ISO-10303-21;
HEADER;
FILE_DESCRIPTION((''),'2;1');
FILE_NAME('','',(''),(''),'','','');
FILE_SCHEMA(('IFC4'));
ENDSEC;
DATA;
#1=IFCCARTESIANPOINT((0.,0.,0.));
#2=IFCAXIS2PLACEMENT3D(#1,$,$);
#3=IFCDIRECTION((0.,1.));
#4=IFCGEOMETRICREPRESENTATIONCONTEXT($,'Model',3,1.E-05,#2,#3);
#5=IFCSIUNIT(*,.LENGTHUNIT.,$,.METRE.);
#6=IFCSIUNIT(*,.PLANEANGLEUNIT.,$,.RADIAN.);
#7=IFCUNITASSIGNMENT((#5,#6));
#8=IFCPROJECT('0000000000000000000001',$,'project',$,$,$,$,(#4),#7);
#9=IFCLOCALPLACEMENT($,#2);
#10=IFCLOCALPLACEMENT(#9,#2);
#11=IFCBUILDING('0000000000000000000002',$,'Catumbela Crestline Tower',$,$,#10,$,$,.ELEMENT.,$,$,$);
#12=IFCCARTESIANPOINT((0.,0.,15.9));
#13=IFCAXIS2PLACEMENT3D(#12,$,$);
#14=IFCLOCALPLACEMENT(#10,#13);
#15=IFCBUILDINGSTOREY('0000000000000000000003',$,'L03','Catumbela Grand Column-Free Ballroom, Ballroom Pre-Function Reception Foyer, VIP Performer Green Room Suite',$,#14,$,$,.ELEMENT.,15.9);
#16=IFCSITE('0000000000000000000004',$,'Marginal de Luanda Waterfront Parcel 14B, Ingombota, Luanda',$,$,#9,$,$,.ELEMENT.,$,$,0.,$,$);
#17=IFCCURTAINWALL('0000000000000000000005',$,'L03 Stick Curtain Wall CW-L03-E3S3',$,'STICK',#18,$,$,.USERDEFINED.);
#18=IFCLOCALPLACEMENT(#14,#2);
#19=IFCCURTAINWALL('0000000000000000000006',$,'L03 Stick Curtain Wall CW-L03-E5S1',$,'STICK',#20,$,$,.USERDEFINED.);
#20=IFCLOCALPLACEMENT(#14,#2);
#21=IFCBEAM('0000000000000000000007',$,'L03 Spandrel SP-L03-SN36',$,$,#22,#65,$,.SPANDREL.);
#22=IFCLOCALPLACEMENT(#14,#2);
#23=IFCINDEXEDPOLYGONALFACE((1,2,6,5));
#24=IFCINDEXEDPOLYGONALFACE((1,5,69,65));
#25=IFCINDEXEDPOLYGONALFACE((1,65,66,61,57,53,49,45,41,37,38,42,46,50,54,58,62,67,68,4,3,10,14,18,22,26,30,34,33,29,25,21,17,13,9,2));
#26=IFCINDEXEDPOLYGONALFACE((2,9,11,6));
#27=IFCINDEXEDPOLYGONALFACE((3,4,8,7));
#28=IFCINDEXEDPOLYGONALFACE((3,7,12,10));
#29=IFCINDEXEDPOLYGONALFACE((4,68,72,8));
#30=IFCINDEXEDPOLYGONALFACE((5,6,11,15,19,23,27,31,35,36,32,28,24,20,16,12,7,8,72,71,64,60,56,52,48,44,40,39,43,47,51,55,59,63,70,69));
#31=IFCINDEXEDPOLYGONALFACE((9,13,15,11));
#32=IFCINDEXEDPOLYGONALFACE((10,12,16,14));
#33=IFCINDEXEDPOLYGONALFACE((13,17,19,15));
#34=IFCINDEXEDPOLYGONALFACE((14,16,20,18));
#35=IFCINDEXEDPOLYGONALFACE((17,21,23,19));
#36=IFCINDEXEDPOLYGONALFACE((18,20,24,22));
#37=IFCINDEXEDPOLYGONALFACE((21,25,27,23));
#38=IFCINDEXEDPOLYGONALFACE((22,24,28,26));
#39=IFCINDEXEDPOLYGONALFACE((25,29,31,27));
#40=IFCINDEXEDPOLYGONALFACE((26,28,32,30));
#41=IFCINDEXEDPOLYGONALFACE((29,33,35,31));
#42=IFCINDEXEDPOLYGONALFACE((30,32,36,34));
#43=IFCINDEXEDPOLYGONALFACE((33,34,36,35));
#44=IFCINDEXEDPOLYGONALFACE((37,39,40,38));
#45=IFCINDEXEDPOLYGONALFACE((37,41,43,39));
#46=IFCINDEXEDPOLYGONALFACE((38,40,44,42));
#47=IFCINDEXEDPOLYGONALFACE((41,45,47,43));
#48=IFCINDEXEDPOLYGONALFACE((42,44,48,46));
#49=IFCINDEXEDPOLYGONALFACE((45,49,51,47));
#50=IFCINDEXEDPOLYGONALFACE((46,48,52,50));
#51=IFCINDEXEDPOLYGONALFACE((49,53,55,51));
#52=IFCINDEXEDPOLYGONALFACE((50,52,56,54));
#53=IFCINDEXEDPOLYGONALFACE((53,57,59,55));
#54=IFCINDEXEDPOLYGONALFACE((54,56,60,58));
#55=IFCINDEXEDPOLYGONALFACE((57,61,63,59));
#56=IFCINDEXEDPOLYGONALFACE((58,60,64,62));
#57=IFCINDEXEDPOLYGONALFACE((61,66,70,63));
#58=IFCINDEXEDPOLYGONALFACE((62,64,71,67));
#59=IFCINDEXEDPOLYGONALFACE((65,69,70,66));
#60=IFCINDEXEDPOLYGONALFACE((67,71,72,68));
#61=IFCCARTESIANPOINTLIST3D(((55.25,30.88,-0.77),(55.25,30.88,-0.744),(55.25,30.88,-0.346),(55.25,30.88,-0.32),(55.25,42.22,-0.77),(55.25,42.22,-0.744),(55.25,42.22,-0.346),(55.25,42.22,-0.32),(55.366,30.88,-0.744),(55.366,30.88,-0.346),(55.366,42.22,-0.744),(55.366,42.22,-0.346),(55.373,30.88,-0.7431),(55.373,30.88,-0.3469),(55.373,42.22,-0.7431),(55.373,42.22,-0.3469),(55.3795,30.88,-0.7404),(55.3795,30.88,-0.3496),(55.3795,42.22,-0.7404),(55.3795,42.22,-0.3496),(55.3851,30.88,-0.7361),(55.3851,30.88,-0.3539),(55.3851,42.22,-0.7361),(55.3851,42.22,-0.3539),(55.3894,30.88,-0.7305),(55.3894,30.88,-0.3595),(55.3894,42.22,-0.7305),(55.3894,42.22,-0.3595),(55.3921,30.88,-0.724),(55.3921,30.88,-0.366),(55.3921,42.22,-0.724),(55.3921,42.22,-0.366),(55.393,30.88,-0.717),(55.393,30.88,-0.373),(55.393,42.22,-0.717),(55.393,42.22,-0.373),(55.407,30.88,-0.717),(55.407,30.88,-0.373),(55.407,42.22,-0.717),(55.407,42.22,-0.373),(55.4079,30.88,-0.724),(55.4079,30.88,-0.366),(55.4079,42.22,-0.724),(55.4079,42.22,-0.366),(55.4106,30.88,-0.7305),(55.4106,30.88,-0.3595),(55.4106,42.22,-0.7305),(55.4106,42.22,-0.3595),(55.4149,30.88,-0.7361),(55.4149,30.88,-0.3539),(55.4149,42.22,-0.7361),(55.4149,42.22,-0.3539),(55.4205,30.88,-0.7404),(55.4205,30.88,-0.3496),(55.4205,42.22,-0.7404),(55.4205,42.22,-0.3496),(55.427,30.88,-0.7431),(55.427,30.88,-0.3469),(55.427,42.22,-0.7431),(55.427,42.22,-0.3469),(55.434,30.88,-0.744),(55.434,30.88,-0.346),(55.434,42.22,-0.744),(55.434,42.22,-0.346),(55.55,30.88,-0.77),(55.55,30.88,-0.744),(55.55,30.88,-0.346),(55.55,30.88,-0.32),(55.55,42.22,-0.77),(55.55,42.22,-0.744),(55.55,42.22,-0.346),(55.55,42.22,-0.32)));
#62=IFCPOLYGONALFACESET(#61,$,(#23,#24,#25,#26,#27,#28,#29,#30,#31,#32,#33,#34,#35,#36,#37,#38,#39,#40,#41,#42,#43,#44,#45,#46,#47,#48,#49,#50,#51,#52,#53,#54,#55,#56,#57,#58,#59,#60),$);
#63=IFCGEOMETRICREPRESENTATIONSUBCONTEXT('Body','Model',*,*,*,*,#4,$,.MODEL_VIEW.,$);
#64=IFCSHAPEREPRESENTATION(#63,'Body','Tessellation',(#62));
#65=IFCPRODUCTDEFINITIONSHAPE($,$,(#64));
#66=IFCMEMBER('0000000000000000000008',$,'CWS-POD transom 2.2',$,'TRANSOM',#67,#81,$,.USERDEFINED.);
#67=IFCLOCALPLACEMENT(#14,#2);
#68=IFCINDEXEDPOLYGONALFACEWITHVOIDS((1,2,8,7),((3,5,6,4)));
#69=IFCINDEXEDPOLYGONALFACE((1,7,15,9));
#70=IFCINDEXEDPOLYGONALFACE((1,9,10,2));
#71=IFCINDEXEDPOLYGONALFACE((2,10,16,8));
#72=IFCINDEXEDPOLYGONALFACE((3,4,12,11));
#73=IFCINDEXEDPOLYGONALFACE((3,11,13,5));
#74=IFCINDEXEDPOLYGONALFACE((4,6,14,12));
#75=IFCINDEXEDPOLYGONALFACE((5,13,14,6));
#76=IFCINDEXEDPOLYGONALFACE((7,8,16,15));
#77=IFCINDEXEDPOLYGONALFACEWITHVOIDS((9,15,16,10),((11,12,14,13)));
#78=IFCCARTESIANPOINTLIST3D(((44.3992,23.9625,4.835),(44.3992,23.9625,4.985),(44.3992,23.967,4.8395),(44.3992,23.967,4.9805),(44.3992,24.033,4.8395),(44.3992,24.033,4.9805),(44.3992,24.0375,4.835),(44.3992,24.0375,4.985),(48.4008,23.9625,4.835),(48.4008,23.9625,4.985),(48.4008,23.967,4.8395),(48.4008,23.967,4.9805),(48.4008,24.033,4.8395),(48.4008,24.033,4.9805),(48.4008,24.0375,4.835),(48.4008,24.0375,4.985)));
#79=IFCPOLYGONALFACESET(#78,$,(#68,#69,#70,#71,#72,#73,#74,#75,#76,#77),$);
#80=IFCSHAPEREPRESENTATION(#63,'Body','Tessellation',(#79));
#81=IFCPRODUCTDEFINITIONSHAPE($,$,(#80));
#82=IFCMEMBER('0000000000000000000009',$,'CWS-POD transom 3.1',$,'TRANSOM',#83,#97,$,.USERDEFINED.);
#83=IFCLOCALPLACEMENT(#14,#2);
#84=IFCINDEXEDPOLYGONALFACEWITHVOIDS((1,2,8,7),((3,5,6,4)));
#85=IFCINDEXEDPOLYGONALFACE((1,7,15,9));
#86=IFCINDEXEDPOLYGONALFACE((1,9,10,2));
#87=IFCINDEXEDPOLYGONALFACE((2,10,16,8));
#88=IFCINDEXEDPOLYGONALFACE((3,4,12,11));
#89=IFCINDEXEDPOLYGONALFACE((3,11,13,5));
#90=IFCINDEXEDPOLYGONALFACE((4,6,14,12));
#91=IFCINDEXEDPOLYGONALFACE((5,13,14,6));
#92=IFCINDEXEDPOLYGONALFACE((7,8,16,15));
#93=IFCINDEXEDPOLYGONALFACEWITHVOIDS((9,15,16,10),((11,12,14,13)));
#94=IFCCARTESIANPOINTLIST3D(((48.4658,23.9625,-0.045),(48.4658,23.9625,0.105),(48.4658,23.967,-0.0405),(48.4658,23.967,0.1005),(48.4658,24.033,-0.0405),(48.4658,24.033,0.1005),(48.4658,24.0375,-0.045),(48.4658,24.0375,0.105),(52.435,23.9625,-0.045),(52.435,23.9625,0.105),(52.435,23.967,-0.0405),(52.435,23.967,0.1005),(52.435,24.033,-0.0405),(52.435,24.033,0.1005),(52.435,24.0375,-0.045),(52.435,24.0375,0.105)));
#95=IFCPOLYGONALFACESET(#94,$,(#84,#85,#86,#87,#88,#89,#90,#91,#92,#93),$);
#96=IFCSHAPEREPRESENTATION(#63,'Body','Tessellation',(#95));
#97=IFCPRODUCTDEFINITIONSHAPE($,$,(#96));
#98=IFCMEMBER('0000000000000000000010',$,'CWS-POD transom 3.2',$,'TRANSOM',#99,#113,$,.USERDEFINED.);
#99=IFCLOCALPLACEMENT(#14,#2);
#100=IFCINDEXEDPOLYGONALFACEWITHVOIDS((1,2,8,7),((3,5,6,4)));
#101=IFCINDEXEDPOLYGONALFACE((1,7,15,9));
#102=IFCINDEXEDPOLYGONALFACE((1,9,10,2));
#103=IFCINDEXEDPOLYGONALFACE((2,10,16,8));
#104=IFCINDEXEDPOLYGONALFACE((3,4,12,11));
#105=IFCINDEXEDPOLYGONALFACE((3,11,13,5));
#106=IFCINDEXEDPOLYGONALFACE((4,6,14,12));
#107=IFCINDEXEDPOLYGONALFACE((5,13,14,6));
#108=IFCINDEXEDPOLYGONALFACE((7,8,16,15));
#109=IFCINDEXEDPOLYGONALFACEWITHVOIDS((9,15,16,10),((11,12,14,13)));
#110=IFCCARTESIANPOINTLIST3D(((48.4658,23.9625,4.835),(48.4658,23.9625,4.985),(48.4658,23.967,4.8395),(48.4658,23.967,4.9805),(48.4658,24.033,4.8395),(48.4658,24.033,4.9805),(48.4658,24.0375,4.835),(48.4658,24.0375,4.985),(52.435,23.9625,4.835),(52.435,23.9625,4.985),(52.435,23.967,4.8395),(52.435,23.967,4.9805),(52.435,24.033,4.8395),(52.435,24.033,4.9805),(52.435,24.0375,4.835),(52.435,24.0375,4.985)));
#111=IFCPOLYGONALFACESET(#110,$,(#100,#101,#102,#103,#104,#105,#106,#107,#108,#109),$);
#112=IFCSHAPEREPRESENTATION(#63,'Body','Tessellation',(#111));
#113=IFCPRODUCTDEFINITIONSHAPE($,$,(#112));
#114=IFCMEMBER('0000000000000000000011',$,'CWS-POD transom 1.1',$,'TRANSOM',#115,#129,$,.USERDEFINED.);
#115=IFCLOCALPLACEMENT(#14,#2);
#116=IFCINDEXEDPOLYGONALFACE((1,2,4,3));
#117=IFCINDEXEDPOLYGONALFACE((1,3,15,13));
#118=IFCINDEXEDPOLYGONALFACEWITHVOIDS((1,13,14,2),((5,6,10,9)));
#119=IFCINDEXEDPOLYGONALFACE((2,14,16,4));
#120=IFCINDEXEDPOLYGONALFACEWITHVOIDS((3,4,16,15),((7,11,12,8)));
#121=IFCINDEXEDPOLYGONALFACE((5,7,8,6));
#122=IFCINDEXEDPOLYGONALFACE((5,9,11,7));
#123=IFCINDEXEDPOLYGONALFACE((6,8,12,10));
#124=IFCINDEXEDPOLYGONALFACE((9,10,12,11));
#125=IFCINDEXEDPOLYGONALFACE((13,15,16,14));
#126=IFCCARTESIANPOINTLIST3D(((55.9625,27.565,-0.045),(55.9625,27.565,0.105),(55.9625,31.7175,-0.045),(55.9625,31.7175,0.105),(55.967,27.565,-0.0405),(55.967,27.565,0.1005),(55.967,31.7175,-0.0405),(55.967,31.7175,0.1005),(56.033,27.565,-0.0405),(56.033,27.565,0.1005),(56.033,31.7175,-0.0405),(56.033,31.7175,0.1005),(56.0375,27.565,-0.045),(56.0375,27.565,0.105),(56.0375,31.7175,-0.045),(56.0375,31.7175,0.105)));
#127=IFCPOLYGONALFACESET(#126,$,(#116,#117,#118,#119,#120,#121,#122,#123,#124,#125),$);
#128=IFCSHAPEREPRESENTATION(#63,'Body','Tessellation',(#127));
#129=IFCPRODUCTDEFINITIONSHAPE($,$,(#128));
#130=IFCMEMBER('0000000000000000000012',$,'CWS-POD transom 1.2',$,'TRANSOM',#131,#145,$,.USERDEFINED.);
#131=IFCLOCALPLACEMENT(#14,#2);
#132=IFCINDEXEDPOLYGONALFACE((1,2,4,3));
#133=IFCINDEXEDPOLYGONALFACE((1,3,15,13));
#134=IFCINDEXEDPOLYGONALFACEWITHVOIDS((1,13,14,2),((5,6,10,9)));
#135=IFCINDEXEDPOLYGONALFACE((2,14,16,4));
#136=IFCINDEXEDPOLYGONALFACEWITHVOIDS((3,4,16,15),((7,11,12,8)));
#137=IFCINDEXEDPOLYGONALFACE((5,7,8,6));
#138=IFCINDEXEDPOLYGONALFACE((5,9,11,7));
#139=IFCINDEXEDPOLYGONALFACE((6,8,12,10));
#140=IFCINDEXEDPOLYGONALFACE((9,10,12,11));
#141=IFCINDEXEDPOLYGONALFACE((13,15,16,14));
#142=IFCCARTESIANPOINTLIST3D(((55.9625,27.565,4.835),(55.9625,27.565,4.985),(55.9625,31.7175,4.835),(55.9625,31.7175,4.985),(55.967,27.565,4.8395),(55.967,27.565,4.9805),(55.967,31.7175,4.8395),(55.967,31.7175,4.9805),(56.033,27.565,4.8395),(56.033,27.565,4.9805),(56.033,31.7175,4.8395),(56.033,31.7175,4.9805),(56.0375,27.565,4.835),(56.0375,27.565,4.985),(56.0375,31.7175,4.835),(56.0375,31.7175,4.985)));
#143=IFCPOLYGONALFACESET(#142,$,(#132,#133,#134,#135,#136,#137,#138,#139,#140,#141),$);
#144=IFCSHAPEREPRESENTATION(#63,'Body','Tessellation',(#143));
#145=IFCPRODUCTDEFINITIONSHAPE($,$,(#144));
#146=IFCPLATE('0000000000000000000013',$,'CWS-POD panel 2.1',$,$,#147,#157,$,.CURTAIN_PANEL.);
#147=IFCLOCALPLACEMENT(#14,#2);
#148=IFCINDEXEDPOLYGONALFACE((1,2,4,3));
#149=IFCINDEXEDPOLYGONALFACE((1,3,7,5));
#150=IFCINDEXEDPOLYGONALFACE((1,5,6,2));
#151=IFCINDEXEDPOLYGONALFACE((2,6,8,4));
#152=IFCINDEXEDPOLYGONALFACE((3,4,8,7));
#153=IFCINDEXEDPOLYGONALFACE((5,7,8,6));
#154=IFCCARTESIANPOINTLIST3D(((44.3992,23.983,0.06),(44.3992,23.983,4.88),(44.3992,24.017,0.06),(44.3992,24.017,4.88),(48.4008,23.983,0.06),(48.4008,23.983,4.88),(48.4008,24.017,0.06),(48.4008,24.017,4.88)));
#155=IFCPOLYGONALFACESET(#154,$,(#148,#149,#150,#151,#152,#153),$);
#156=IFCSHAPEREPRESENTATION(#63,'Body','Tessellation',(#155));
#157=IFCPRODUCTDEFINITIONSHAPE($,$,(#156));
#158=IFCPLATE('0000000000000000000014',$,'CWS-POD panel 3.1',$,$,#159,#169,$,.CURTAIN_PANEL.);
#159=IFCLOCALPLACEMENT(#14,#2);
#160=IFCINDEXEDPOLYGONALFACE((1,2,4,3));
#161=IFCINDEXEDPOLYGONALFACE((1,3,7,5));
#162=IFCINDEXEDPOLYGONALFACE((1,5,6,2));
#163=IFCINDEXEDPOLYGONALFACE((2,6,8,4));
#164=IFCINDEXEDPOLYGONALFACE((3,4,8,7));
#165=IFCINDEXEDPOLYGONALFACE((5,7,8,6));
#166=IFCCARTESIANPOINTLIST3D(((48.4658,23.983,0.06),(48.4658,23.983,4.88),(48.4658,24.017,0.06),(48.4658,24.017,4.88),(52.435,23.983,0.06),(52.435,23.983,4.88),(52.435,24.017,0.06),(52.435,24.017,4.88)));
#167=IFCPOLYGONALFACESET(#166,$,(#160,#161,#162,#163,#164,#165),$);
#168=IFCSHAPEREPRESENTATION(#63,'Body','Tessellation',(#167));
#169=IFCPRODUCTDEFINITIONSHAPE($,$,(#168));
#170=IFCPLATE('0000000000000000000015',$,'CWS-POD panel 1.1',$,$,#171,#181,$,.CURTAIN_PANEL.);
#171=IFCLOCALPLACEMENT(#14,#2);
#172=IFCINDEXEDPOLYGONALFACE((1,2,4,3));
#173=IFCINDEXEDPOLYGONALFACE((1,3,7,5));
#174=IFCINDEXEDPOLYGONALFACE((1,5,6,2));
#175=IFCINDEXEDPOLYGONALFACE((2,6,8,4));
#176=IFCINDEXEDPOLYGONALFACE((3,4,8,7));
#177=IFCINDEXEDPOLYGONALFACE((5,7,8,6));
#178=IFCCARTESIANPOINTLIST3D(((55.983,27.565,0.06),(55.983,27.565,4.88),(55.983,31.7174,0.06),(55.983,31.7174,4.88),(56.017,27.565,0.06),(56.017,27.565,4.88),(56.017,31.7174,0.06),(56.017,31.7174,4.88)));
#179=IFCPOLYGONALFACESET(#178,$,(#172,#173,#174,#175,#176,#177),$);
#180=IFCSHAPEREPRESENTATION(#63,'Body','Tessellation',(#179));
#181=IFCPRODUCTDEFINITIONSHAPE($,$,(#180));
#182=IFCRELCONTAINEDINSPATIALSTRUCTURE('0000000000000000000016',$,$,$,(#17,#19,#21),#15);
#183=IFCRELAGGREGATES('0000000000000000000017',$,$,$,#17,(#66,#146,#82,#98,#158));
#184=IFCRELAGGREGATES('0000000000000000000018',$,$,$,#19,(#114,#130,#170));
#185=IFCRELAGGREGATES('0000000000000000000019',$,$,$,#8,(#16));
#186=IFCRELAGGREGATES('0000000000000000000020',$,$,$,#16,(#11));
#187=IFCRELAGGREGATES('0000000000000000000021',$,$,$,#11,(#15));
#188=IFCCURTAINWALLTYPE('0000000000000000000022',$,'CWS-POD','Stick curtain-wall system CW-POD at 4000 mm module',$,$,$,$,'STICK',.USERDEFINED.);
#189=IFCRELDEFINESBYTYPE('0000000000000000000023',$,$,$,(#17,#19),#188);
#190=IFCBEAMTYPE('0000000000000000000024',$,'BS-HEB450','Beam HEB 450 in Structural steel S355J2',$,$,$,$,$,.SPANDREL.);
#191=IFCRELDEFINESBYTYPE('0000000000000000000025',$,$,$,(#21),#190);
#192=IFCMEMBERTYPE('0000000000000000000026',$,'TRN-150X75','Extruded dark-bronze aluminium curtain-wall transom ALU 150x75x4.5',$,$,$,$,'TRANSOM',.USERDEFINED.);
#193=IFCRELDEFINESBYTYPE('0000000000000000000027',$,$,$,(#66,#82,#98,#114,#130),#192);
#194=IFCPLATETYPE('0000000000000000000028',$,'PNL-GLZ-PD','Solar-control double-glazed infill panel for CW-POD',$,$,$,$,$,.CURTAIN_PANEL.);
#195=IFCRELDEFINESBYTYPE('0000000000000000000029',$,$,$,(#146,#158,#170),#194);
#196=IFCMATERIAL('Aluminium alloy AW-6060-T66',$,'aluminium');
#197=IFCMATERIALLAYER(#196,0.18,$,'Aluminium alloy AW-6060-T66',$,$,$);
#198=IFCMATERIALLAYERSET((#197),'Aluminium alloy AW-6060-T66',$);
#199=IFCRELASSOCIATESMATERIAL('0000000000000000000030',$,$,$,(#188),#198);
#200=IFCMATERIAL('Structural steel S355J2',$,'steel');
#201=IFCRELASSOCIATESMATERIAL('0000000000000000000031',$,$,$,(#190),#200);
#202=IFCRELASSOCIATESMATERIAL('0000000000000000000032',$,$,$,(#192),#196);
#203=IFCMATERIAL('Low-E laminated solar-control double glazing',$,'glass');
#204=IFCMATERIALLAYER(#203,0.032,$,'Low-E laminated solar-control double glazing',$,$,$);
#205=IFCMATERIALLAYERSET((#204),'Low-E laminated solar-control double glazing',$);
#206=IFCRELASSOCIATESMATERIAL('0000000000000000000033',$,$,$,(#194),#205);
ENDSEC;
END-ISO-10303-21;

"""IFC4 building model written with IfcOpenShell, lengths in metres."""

from ifc_helpers import new_model, si_unit, direction, frame, origin, origin_2d, place, context, subcontext, project, spatial, rectangle, hollow_rectangle, i_section, extrude, material, layer, layer_set, material_profile, profile_set, type_object, element, aggregate, save


model = new_model("IFC4")

# Units and contexts
model_context = context("Model", 3, precision=1e-05, world=origin(), true_north=direction((0.0, 1.0)))
body_context = subcontext(model_context, "Body", "Model", "MODEL_VIEW")
ifc_project = project(units=[si_unit("LENGTHUNIT", "METRE"), si_unit("PLANEANGLEUNIT", "RADIAN")], contexts=[model_context])

# Site, building, storey
site_placement = place(None, origin())
site = spatial("IfcSite", under=ifc_project, at=site_placement, Name="Marginal de Luanda Waterfront Parcel 14B, Ingombota, Luanda", CompositionType="ELEMENT", RefElevation=0.0)
building_placement = place(site_placement, origin())
building = spatial("IfcBuilding", under=site, at=building_placement, Name="Catumbela Crestline Tower", CompositionType="ELEMENT")
storey_placement = place(building_placement, frame((0.0, 0.0, 15.9)))
storey = spatial("IfcBuildingStorey", under=building, at=storey_placement, Name="L03", Description="Catumbela Grand Column-Free Ballroom, Ballroom Pre-Function Reception Foyer, VIP Performer Green Room Suite", CompositionType="ELEMENT", Elevation=15.9)

# Shared definitions
ifc_material_1 = material(Name="Structural steel S355J2", Category="steel")

# Curtain wall
ifc_material_2 = material(Name="Aluminium alloy AW-6060-T66", Category="aluminium")
ifc_layer_1 = layer(ifc_material_2, 0.18, Name="Aluminium alloy AW-6060-T66")
ifc_layer_set_1 = layer_set([ifc_layer_1], Name="Aluminium alloy AW-6060-T66")
curtain_wall_type = type_object("IfcCurtainWallType", Name="CWS-POD", Description="Stick curtain-wall system CW-POD at 4000 mm module", ElementType="STICK", PredefinedType="USERDEFINED", material=ifc_layer_set_1)
curtain_wall_1_placement = place(storey_placement, origin())
curtain_wall_1 = element("IfcCurtainWall", 1, at=curtain_wall_1_placement, inside=storey, type_object=curtain_wall_type, Name="L03 Stick Curtain Wall CW-L03-E3S3", ObjectType="STICK", PredefinedType="USERDEFINED")

# Curtain wall
curtain_wall_2_placement = place(storey_placement, origin())
curtain_wall_2 = element("IfcCurtainWall", 2, at=curtain_wall_2_placement, inside=storey, type_object=curtain_wall_type, Name="L03 Stick Curtain Wall CW-L03-E5S1", ObjectType="STICK", PredefinedType="USERDEFINED")

# Beam
ifc_material_profile_1 = material_profile(ifc_material_1, i_section(OverallWidth=0.3, OverallDepth=0.45, WebThickness=0.014, FlangeThickness=0.026, FilletRadius=0.027, at=origin_2d()), Name="HEB 450")
ifc_profile_set_1 = profile_set([ifc_material_profile_1], Name="Structural steel S355J2")
beam_type_1 = type_object("IfcBeamType", Name="BS-HEB450", Description="Beam HEB 450 in Structural steel S355J2", PredefinedType="SPANDREL", material=ifc_profile_set_1)
beam_1_placement = place(storey_placement, frame((55.4, 30.88, -0.545), z_axis=(0.0, 1.0, 0.0), x_axis=(-1.0, 0.0, 0.0)))
element("IfcBeam", 3, at=beam_1_placement, inside=storey, type_object=beam_type_1, Name="L03 Spandrel SP-L03-SN36", PredefinedType="SPANDREL", context=body_context, shape_type="SweptSolid", body=[
    extrude(i_section(OverallWidth=0.3, OverallDepth=0.45, WebThickness=0.014, FlangeThickness=0.026, FilletRadius=0.027, at=origin_2d()), origin(), (0.0, 0.0, 1.0), 11.34),
])

# Members
ifc_material_profile_2 = material_profile(ifc_material_2, hollow_rectangle(XDim=0.075, YDim=0.15, WallThickness=0.0045, at=origin_2d()), Name="ALU 150x75x4.5")
ifc_profile_set_2 = profile_set([ifc_material_profile_2], Name="Aluminium alloy AW-6060-T66")
member_type_1 = type_object("IfcMemberType", Name="TRN-150X75", Description="Extruded dark-bronze aluminium curtain-wall transom ALU 150x75x4.5", ElementType="TRANSOM", PredefinedType="USERDEFINED", material=ifc_profile_set_2)
member_1_placement = place(storey_placement, frame((44.3992, 24.0, 4.91), z_axis=(1.0, 0.0, 0.0), x_axis=(0.0, 1.0, 0.0)))
member_1 = element("IfcMember", 4, at=member_1_placement, type_object=member_type_1, Name="CWS-POD transom 2.2", ObjectType="TRANSOM", PredefinedType="USERDEFINED", context=body_context, shape_type="SweptSolid", body=[
    extrude(hollow_rectangle(XDim=0.075, YDim=0.15, WallThickness=0.0045, at=origin_2d()), origin(), (0.0, 0.0, 1.0), 4.0016),
])
member_2_placement = place(storey_placement, frame((48.4658, 24.0, 0.03), z_axis=(1.0, 0.0, 0.0), x_axis=(0.0, 1.0, 0.0)))
member_2 = element("IfcMember", 5, at=member_2_placement, type_object=member_type_1, Name="CWS-POD transom 3.1", ObjectType="TRANSOM", PredefinedType="USERDEFINED", context=body_context, shape_type="SweptSolid", body=[
    extrude(hollow_rectangle(XDim=0.075, YDim=0.15, WallThickness=0.0045, at=origin_2d()), origin(), (0.0, 0.0, 1.0), 3.9692),
])
member_3_placement = place(storey_placement, frame((48.4658, 24.0, 4.91), z_axis=(1.0, 0.0, 0.0), x_axis=(0.0, 1.0, 0.0)))
member_3 = element("IfcMember", 6, at=member_3_placement, type_object=member_type_1, Name="CWS-POD transom 3.2", ObjectType="TRANSOM", PredefinedType="USERDEFINED", context=body_context, shape_type="SweptSolid", body=[
    extrude(hollow_rectangle(XDim=0.075, YDim=0.15, WallThickness=0.0045, at=origin_2d()), origin(), (0.0, 0.0, 1.0), 3.9692),
])
member_4_placement = place(storey_placement, frame((56.0, 27.565, 0.03), z_axis=(0.0, 1.0, 0.0), x_axis=(-1.0, 0.0, 0.0)))
member_4 = element("IfcMember", 7, at=member_4_placement, type_object=member_type_1, Name="CWS-POD transom 1.1", ObjectType="TRANSOM", PredefinedType="USERDEFINED", context=body_context, shape_type="SweptSolid", body=[
    extrude(hollow_rectangle(XDim=0.075, YDim=0.15, WallThickness=0.0045, at=origin_2d()), origin(), (0.0, 0.0, 1.0), 4.1525),
])
member_5_placement = place(storey_placement, frame((56.0, 27.565, 4.91), z_axis=(0.0, 1.0, 0.0), x_axis=(-1.0, 0.0, 0.0)))
member_5 = element("IfcMember", 8, at=member_5_placement, type_object=member_type_1, Name="CWS-POD transom 1.2", ObjectType="TRANSOM", PredefinedType="USERDEFINED", context=body_context, shape_type="SweptSolid", body=[
    extrude(hollow_rectangle(XDim=0.075, YDim=0.15, WallThickness=0.0045, at=origin_2d()), origin(), (0.0, 0.0, 1.0), 4.1525),
])

# Plates
ifc_material_3 = material(Name="Low-E laminated solar-control double glazing", Category="glass")
ifc_layer_2 = layer(ifc_material_3, 0.032, Name="Low-E laminated solar-control double glazing")
ifc_layer_set_2 = layer_set([ifc_layer_2], Name="Low-E laminated solar-control double glazing")
plate_type = type_object("IfcPlateType", Name="PNL-GLZ-PD", Description="Solar-control double-glazed infill panel for CW-POD", PredefinedType="CURTAIN_PANEL", material=ifc_layer_set_2)
plate_1_placement = place(storey_placement, frame((46.4, 24.0, 0.06), z_axis=(0.0, 0.0, 1.0), x_axis=(1.0, 0.0, 0.0)))
plate_1 = element("IfcPlate", 9, at=plate_1_placement, type_object=plate_type, Name="CWS-POD panel 2.1", PredefinedType="CURTAIN_PANEL", context=body_context, shape_type="SweptSolid", body=[
    extrude(rectangle(XDim=4.0017, YDim=0.034, at=origin_2d()), origin(), (0.0, 0.0, 1.0), 4.82),
])
plate_2_placement = place(storey_placement, frame((50.4504, 24.0, 0.06), z_axis=(0.0, 0.0, 1.0), x_axis=(1.0, 0.0, 0.0)))
plate_2 = element("IfcPlate", 10, at=plate_2_placement, type_object=plate_type, Name="CWS-POD panel 3.1", PredefinedType="CURTAIN_PANEL", context=body_context, shape_type="SweptSolid", body=[
    extrude(rectangle(XDim=3.9692, YDim=0.034, at=origin_2d()), origin(), (0.0, 0.0, 1.0), 4.82),
])
aggregate(curtain_wall_1, [member_1, plate_1, member_2, member_3, plate_2])
plate_3_placement = place(storey_placement, frame((56.0, 29.6412, 0.06), z_axis=(0.0, 0.0, 1.0), x_axis=(0.0, 1.0, 0.0)))
plate_3 = element("IfcPlate", 11, at=plate_3_placement, type_object=plate_type, Name="CWS-POD panel 1.1", PredefinedType="CURTAIN_PANEL", context=body_context, shape_type="SweptSolid", body=[
    extrude(rectangle(XDim=4.1525, YDim=0.034, at=origin_2d()), origin(), (0.0, 0.0, 1.0), 4.82),
])
aggregate(curtain_wall_2, [member_4, member_5, plate_3])

save(model, "model.ifc")
